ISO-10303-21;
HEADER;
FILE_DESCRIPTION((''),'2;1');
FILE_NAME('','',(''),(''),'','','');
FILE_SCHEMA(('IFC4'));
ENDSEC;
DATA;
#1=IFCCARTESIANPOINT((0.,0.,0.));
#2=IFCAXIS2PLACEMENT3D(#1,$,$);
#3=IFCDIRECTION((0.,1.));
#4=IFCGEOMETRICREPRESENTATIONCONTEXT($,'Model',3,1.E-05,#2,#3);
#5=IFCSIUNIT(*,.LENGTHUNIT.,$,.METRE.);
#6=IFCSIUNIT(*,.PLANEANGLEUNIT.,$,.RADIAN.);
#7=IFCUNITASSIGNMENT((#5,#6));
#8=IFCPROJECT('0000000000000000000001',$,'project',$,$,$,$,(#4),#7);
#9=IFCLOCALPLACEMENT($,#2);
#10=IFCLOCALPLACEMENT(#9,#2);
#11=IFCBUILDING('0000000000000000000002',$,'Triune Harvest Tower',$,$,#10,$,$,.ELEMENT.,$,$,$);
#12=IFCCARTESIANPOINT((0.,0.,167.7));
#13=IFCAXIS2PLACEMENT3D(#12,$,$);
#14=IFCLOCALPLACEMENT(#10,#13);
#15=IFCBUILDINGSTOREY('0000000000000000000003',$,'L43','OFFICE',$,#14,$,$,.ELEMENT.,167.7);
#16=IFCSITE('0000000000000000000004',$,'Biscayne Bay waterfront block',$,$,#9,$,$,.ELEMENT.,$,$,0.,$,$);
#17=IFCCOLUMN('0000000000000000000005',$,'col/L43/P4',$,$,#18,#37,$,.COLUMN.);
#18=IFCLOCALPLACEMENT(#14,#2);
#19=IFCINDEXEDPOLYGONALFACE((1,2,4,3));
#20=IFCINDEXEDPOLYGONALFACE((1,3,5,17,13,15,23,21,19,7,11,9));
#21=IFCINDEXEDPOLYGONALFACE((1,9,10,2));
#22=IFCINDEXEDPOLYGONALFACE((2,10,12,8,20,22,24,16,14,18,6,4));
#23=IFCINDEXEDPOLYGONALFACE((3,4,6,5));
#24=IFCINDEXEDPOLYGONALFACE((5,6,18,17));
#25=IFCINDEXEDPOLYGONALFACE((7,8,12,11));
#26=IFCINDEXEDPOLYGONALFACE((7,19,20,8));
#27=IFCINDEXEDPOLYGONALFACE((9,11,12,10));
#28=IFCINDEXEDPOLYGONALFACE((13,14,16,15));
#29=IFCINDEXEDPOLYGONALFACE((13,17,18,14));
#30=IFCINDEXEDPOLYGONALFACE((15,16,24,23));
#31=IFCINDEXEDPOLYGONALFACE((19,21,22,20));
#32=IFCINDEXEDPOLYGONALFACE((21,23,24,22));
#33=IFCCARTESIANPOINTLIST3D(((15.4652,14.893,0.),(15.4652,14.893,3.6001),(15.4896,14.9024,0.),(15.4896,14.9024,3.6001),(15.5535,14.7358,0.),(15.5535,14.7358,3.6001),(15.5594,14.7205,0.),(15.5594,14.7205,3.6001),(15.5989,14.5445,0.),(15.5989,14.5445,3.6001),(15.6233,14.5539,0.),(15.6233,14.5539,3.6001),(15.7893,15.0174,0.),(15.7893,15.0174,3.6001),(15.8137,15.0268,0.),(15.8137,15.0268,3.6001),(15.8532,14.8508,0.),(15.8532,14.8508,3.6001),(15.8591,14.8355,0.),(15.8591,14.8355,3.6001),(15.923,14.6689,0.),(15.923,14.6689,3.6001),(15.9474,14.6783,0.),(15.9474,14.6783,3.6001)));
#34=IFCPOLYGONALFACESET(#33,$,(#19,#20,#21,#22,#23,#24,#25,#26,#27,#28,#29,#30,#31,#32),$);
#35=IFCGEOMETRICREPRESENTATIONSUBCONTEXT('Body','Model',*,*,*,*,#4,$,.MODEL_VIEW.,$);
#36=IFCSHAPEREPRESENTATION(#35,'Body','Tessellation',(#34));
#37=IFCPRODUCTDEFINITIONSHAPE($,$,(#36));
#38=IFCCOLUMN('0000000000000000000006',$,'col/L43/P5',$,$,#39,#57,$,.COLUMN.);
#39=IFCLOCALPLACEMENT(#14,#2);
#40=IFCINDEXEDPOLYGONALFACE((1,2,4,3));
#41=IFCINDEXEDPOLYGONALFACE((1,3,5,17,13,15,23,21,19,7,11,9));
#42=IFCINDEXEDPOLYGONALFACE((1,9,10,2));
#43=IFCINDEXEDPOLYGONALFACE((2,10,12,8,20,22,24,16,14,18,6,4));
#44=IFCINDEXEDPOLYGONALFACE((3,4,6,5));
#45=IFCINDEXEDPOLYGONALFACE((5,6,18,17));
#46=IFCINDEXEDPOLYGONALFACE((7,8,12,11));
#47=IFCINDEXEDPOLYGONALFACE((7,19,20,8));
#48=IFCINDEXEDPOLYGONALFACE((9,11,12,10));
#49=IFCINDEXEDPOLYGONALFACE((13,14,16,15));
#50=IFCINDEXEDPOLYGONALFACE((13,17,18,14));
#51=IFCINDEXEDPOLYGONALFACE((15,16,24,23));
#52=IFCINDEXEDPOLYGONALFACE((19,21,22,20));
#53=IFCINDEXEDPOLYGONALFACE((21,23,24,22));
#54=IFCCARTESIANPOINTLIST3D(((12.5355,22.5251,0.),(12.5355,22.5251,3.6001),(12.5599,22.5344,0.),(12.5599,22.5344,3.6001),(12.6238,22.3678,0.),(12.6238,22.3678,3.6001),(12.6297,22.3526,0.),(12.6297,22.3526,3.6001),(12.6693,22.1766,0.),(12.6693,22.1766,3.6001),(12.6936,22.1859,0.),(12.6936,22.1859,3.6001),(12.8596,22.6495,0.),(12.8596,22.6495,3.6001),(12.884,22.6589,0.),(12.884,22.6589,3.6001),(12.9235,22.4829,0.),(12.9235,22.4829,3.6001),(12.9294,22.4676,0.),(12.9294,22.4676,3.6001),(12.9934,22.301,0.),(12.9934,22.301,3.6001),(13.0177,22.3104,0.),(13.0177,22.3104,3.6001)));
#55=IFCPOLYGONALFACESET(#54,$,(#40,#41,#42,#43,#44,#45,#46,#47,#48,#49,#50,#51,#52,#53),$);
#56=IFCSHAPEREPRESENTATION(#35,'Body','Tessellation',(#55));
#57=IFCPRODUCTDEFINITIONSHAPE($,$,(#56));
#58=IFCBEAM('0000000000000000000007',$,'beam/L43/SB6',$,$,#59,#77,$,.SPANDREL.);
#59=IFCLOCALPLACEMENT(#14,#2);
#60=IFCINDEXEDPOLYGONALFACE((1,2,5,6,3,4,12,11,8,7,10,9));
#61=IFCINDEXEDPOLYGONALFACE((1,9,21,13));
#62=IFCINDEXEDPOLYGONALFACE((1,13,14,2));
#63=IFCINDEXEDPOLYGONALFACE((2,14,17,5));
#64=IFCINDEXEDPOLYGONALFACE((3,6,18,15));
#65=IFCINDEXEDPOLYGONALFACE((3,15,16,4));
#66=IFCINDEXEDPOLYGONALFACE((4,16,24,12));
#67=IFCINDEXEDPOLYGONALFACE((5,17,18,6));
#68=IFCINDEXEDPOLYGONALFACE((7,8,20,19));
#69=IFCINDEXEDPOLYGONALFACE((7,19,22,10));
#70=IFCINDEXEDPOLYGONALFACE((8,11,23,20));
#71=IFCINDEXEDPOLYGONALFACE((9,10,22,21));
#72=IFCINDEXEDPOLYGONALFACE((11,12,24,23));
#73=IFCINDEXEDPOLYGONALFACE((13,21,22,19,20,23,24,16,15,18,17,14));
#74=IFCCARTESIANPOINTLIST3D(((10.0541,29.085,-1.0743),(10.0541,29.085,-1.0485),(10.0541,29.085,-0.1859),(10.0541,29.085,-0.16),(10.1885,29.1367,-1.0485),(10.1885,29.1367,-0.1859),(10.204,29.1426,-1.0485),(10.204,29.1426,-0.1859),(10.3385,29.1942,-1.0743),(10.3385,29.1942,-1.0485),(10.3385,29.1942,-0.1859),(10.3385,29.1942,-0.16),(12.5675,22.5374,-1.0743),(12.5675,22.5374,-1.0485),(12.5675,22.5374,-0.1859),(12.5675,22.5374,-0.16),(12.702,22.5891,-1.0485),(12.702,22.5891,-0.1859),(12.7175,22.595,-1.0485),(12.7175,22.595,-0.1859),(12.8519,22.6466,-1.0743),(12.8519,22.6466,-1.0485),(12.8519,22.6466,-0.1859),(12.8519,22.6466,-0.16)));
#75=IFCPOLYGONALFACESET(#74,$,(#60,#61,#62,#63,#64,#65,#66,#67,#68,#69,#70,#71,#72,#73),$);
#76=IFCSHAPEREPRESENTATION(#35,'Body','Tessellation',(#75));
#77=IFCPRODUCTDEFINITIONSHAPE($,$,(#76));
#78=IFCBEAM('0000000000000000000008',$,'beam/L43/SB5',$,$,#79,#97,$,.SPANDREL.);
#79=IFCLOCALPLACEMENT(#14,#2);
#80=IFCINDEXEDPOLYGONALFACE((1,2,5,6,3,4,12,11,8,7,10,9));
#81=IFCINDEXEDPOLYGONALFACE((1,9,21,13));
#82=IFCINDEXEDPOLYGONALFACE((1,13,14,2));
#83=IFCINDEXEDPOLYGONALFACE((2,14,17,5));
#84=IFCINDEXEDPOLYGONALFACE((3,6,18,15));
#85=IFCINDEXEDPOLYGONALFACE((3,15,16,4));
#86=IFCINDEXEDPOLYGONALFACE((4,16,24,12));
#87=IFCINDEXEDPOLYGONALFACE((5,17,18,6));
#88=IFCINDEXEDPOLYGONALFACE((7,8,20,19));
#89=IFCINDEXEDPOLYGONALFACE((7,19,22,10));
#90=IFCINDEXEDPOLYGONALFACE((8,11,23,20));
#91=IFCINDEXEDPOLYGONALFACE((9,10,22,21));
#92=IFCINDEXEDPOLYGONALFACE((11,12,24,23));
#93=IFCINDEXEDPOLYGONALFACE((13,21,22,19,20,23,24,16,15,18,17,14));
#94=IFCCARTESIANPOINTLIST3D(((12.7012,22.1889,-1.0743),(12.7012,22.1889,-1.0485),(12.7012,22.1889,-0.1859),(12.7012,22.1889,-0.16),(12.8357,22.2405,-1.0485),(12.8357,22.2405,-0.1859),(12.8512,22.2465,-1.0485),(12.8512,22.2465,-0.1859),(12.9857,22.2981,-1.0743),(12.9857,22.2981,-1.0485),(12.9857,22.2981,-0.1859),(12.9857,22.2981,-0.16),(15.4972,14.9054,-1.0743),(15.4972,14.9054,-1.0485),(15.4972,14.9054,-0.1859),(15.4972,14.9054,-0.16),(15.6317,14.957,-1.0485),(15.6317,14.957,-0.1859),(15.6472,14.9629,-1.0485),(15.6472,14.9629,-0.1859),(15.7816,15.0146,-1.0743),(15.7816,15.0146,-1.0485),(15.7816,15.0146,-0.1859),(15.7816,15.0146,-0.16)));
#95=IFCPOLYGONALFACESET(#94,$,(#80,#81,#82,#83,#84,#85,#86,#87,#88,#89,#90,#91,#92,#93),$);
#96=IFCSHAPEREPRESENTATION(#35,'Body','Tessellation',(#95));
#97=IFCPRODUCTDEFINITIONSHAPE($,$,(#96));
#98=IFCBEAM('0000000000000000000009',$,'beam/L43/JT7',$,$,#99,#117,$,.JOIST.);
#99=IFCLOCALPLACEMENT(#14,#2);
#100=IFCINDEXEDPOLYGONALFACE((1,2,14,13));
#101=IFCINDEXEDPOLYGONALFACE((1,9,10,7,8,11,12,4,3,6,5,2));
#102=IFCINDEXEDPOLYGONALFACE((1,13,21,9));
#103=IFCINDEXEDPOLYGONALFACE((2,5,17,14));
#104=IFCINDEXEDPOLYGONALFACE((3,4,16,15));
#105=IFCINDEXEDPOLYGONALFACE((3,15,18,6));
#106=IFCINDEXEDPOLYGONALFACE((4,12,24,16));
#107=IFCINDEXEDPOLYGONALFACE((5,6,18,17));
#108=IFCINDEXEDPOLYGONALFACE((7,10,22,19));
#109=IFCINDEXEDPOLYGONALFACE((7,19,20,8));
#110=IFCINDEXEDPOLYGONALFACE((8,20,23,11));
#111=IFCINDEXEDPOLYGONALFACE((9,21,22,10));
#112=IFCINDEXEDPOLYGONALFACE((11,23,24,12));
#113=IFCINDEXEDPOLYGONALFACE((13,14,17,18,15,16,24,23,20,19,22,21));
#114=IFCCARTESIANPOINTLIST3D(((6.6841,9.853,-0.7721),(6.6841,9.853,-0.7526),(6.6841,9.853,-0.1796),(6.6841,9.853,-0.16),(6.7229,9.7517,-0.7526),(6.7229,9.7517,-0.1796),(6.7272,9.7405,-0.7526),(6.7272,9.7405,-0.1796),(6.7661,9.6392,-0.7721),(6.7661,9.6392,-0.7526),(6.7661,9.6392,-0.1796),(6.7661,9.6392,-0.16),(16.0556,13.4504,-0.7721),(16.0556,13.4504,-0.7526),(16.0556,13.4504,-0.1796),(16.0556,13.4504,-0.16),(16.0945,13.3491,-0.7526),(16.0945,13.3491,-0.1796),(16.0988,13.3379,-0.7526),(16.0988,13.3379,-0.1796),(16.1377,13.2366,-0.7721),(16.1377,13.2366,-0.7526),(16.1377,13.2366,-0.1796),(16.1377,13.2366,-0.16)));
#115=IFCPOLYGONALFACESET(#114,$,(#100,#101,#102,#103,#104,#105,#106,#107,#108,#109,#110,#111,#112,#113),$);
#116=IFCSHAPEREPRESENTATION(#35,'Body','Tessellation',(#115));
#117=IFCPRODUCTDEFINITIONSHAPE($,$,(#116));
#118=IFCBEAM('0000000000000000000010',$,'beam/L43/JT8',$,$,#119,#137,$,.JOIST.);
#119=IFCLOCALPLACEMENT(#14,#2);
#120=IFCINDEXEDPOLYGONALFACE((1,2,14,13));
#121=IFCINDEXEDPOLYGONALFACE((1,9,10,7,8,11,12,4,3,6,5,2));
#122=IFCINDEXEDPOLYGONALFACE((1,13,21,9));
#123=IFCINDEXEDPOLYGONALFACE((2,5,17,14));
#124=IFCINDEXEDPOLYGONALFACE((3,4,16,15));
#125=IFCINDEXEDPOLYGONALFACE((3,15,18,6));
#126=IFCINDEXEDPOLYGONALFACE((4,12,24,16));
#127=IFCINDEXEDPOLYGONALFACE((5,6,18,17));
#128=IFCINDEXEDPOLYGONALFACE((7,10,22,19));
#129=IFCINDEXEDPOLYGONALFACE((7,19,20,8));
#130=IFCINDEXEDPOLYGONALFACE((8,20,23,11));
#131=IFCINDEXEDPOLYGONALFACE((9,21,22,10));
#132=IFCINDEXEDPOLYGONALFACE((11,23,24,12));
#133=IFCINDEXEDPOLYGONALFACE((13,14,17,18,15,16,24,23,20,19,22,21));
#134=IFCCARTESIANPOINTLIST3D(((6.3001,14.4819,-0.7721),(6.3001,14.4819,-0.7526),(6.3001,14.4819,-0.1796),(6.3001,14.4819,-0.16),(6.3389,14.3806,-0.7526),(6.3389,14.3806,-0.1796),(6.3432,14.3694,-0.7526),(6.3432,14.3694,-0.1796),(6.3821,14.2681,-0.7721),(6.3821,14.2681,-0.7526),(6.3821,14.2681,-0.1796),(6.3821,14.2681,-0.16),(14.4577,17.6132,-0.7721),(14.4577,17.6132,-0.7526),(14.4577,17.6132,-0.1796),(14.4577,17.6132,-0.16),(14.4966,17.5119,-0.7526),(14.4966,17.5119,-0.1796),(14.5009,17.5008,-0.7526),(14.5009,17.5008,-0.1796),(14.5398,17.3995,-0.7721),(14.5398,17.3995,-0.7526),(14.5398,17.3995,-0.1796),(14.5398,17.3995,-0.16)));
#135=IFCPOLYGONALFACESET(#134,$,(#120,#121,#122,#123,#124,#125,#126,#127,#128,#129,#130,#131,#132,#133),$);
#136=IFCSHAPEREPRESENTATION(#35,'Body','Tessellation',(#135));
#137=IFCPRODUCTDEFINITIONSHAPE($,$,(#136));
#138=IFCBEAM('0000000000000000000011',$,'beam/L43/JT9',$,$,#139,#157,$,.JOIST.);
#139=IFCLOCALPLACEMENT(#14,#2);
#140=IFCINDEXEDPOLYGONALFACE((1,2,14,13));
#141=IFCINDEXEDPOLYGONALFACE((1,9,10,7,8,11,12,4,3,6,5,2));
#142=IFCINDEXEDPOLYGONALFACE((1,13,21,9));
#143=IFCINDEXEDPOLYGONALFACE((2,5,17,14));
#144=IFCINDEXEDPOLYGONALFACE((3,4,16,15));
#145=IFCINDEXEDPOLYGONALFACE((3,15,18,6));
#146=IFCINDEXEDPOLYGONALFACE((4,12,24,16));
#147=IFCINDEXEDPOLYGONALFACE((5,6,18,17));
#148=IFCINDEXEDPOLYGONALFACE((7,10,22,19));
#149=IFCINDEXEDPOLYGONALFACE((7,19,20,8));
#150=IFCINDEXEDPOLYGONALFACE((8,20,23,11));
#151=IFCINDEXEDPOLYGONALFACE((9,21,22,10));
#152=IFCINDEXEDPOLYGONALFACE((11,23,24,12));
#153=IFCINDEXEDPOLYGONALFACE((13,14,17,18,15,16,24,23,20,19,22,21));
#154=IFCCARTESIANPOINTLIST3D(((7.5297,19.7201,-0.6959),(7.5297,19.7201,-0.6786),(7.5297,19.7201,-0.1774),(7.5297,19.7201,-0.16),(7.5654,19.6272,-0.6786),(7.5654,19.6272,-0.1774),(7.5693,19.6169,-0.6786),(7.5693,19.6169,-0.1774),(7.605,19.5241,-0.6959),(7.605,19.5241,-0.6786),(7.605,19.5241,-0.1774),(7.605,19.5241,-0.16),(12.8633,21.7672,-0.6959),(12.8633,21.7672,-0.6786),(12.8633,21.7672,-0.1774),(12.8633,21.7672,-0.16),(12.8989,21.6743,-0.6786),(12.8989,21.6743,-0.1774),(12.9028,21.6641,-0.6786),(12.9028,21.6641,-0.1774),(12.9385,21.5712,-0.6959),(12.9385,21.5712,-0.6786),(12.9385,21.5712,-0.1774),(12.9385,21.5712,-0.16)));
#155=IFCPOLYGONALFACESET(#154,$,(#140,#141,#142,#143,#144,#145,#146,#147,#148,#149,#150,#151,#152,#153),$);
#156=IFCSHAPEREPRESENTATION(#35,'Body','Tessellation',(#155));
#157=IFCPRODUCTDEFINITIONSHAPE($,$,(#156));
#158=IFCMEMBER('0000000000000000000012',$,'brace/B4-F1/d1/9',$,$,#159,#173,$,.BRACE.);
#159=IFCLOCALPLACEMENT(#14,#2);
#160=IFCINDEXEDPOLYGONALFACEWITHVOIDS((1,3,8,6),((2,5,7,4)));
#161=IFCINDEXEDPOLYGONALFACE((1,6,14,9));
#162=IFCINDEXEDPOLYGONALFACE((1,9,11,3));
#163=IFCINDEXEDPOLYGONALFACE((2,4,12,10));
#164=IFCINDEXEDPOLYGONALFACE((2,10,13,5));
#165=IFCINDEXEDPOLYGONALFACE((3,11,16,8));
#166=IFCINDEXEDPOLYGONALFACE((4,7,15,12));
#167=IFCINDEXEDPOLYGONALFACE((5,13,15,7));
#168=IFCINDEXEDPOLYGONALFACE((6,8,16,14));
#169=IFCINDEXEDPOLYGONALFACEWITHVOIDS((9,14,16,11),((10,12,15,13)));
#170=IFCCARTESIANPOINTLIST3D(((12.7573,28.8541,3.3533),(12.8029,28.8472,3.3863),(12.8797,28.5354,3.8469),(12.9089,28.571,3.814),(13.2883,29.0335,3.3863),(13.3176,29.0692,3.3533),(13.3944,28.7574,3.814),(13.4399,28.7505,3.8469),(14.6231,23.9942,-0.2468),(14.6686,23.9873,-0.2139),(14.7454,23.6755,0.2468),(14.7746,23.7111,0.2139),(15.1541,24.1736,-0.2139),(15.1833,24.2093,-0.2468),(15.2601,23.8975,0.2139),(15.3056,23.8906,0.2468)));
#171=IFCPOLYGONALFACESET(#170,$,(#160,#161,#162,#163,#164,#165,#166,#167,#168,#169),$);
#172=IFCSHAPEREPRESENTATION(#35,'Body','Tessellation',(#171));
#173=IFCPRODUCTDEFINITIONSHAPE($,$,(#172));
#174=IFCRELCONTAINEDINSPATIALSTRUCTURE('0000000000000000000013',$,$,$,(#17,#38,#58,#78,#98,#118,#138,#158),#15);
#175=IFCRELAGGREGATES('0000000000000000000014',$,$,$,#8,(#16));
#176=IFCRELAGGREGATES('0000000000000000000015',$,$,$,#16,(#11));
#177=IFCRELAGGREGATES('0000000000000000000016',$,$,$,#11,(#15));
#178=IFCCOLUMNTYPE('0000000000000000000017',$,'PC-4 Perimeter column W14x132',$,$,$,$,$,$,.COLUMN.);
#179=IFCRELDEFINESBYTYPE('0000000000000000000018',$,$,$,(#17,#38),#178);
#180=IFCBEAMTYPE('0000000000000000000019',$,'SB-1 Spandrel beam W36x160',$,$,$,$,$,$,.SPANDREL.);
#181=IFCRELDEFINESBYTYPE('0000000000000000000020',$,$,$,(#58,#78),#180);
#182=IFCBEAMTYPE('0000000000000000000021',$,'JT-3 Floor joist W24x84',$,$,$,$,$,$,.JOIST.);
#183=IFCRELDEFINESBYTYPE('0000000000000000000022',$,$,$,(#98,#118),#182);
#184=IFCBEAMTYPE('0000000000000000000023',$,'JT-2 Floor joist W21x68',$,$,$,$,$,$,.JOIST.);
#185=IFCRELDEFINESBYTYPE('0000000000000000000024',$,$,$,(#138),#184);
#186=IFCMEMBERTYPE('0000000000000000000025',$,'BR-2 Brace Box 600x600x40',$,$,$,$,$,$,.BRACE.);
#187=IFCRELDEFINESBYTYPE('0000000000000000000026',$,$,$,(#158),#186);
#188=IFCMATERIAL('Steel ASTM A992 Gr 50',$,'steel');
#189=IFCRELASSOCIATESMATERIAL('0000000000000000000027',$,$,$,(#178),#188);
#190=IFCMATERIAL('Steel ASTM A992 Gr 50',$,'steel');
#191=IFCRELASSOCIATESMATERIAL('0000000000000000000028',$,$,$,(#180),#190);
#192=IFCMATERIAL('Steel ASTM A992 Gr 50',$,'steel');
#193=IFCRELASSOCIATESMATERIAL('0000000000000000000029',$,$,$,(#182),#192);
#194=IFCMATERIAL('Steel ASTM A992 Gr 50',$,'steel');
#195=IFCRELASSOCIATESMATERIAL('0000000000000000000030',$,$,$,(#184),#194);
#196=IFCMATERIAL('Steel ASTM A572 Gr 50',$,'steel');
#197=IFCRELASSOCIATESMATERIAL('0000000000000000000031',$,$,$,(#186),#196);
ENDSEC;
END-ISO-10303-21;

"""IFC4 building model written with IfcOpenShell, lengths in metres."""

from ifc_helpers import new_model, si_unit, direction, frame, origin, origin_2d, place, context, subcontext, project, spatial, hollow_rectangle, i_section, extrude, source, transform, mapped, material, material_profile, profile_set, type_object, element, save


model = new_model("IFC4")

# Units and contexts
model_context = context("Model", 3, precision=1e-05, world=origin(), true_north=direction((0.0, 1.0)))
body_context = subcontext(model_context, "Body", "Model", "MODEL_VIEW")
ifc_project = project(units=[si_unit("LENGTHUNIT", "METRE"), si_unit("PLANEANGLEUNIT", "RADIAN")], contexts=[model_context])

# Site, building, storey
site_placement = place(None, origin())
site = spatial("IfcSite", under=ifc_project, at=site_placement, Name="Biscayne Bay waterfront block", CompositionType="ELEMENT", RefElevation=0.0)
building_placement = place(site_placement, origin())
building = spatial("IfcBuilding", under=site, at=building_placement, Name="Triune Harvest Tower", CompositionType="ELEMENT")
storey_placement = place(building_placement, frame((0.0, 0.0, 167.7)))
storey = spatial("IfcBuildingStorey", under=building, at=storey_placement, Name="L43", Description="OFFICE", CompositionType="ELEMENT", Elevation=167.7)

# Columns
ifc_material_1 = material(Name="Steel ASTM A992 Gr 50", Category="steel")
ifc_material_profile_1 = material_profile(ifc_material_1, i_section(OverallWidth=0.3733, OverallDepth=0.3733, WebThickness=0.0164, FlangeThickness=0.0261, at=origin_2d()), Name="W14x132")
ifc_profile_set_1 = profile_set([ifc_material_profile_1], Name="Steel ASTM A992 Gr 50")
column_type = type_object("IfcColumnType", Name="PC-4 Perimeter column W14x132", PredefinedType="COLUMN", material=ifc_profile_set_1)
shared_shape_1 = source(origin(), body_context, "Body", "SweptSolid", [
    extrude(i_section(OverallWidth=0.3733, OverallDepth=0.3733, WebThickness=0.0164, FlangeThickness=0.0261, at=origin_2d()), origin(), (0.0, 0.0, 1.0), 3.6001),
])
for number, where, z_axis, x_axis, name in (
    (1, (15.7063, 14.7856, 0.0), (0.0, 0.0, 1.0), (-0.358368, 0.93358, 0.0), "col/L43/P4"),
    (2, (12.7766, 22.4177, 0.0), (0.0, 0.0, 1.0), (-0.358368, 0.93358, 0.0), "col/L43/P5"),
):
    element("IfcColumn", number, at=place(storey_placement, frame(where, z_axis=z_axis, x_axis=x_axis)), inside=storey, type_object=column_type, Name=name, PredefinedType="COLUMN", context=body_context, shape_type="MappedRepresentation", body=[
        mapped(shared_shape_1, transform((0.0, 0.0, 0.0), scale=1.0)),
    ])

# Beams
ifc_material_2 = material(Name="Steel ASTM A992 Gr 50", Category="steel")
ifc_material_profile_2 = material_profile(ifc_material_2, i_section(OverallWidth=0.3047, OverallDepth=0.9143, WebThickness=0.0166, FlangeThickness=0.0259, at=origin_2d()), Name="W36x160")
ifc_profile_set_2 = profile_set([ifc_material_profile_2], Name="Steel ASTM A992 Gr 50")
beam_type_1 = type_object("IfcBeamType", Name="SB-1 Spandrel beam W36x160", PredefinedType="SPANDREL", material=ifc_profile_set_2)
shared_shape_2 = source(origin(), body_context, "Body", "SweptSolid", [
    extrude(i_section(OverallWidth=0.3047, OverallDepth=0.9143, WebThickness=0.0166, FlangeThickness=0.0259, at=origin_2d()), origin(), (0.0, 0.0, 1.0), 7.0134),
])
beam_1_placement = place(storey_placement, frame((12.7097, 22.592, -0.6172), z_axis=(-0.358373, 0.933579, 0.0), x_axis=(-0.933579, -0.358373, 0.0)))
element("IfcBeam", 3, at=beam_1_placement, inside=storey, type_object=beam_type_1, Name="beam/L43/SB6", PredefinedType="SPANDREL", context=body_context, shape_type="MappedRepresentation", body=[
    mapped(shared_shape_2, transform((0.0, 0.0, 0.0), scale=1.0)),
])
shared_shape_3 = source(origin(), body_context, "Body", "SweptSolid", [
    extrude(i_section(OverallWidth=0.3047, OverallDepth=0.9143, WebThickness=0.0166, FlangeThickness=0.0259, at=origin_2d()), origin(), (0.0, 0.0, 1.0), 7.8018),
])
beam_2_placement = place(storey_placement, frame((15.6394, 14.96, -0.6172), z_axis=(-0.358373, 0.933578, 0.0), x_axis=(-0.933578, -0.358373, 0.0)))
element("IfcBeam", 4, at=beam_2_placement, inside=storey, type_object=beam_type_1, Name="beam/L43/SB5", PredefinedType="SPANDREL", context=body_context, shape_type="MappedRepresentation", body=[
    mapped(shared_shape_3, transform((0.0, 0.0, 0.0), scale=1.0)),
])
ifc_material_3 = material(Name="Steel ASTM A992 Gr 50", Category="steel")
ifc_material_profile_3 = material_profile(ifc_material_3, i_section(OverallWidth=0.229, OverallDepth=0.6121, WebThickness=0.012, FlangeThickness=0.0195, at=origin_2d()), Name="W24x84")
ifc_profile_set_3 = profile_set([ifc_material_profile_3], Name="Steel ASTM A992 Gr 50")
beam_type_2 = type_object("IfcBeamType", Name="JT-3 Floor joist W24x84", PredefinedType="JOIST", material=ifc_profile_set_3)
shared_shape_4 = source(origin(), body_context, "Body", "SweptSolid", [
    extrude(i_section(OverallWidth=0.229, OverallDepth=0.6121, WebThickness=0.012, FlangeThickness=0.0195, at=origin_2d()), origin(), (0.0, 0.0, 1.0), 10.0383),
])
beam_3_placement = place(storey_placement, frame((16.0967, 13.3435, -0.4661), z_axis=(-0.93358, -0.358368, 0.0), x_axis=(0.358368, -0.93358, 0.0)))
element("IfcBeam", 5, at=beam_3_placement, inside=storey, type_object=beam_type_2, Name="beam/L43/JT7", PredefinedType="JOIST", context=body_context, shape_type="MappedRepresentation", body=[
    mapped(shared_shape_4, transform((0.0, 0.0, 0.0), scale=1.0)),
])
shared_shape_5 = source(origin(), body_context, "Body", "SweptSolid", [
    extrude(i_section(OverallWidth=0.229, OverallDepth=0.6121, WebThickness=0.012, FlangeThickness=0.0195, at=origin_2d()), origin(), (0.0, 0.0, 1.0), 8.738),
])
beam_4_placement = place(storey_placement, frame((14.4988, 17.5063, -0.4661), z_axis=(-0.933584, -0.358357, 0.0), x_axis=(0.358357, -0.933584, 0.0)))
element("IfcBeam", 6, at=beam_4_placement, inside=storey, type_object=beam_type_2, Name="beam/L43/JT8", PredefinedType="JOIST", context=body_context, shape_type="MappedRepresentation", body=[
    mapped(shared_shape_5, transform((0.0, 0.0, 0.0), scale=1.0)),
])
ifc_material_4 = material(Name="Steel ASTM A992 Gr 50", Category="steel")
ifc_material_profile_4 = material_profile(ifc_material_4, i_section(OverallWidth=0.21, OverallDepth=0.5359, WebThickness=0.011, FlangeThickness=0.0173, at=origin_2d()), Name="W21x68")
ifc_profile_set_4 = profile_set([ifc_material_profile_4], Name="Steel ASTM A992 Gr 50")
beam_type_3 = type_object("IfcBeamType", Name="JT-2 Floor joist W21x68", PredefinedType="JOIST", material=ifc_profile_set_4)
shared_shape_6 = source(origin(), body_context, "Body", "SweptSolid", [
    extrude(i_section(OverallWidth=0.21, OverallDepth=0.5359, WebThickness=0.011, FlangeThickness=0.0173, at=origin_2d()), origin(), (0.0, 0.0, 1.0), 5.7129),
])
beam_5_placement = place(storey_placement, frame((12.9009, 21.6692, -0.428), z_axis=(-0.933593, -0.358335, 0.0), x_axis=(0.358335, -0.933593, 0.0)))
element("IfcBeam", 7, at=beam_5_placement, inside=storey, type_object=beam_type_3, Name="beam/L43/JT9", PredefinedType="JOIST", context=body_context, shape_type="MappedRepresentation", body=[
    mapped(shared_shape_6, transform((0.0, 0.0, 0.0), scale=1.0)),
])

# Member
ifc_material_5 = material(Name="Steel ASTM A572 Gr 50", Category="steel")
ifc_material_profile_5 = material_profile(ifc_material_5, hollow_rectangle(XDim=0.6001, YDim=0.6001, WallThickness=0.04, at=origin_2d()), Name="Box 600x600x40")
ifc_profile_set_5 = profile_set([ifc_material_profile_5], Name="Steel ASTM A572 Gr 50")
member_type_1 = type_object("IfcMemberType", Name="BR-2 Brace Box 600x600x40", PredefinedType="BRACE", material=ifc_profile_set_5)
shared_shape_7 = source(origin(), body_context, "Body", "SweptSolid", [
    extrude(hollow_rectangle(XDim=0.6001, YDim=0.6001, WallThickness=0.04, at=origin_2d()), origin(), (0.0, 0.0, 1.0), 6.3293),
])
member_1_placement = place(storey_placement, frame((14.9644, 23.9424, 0.0), z_axis=(-0.294776, 0.767837, 0.5688), x_axis=(-0.933568, -0.358401, 0.0)))
element("IfcMember", 8, at=member_1_placement, inside=storey, type_object=member_type_1, Name="brace/B4-F1/d1/9", PredefinedType="BRACE", context=body_context, shape_type="MappedRepresentation", body=[
    mapped(shared_shape_7, transform((0.0, 0.0, 0.0), scale=1.0)),
])

save(model, "model.ifc")
